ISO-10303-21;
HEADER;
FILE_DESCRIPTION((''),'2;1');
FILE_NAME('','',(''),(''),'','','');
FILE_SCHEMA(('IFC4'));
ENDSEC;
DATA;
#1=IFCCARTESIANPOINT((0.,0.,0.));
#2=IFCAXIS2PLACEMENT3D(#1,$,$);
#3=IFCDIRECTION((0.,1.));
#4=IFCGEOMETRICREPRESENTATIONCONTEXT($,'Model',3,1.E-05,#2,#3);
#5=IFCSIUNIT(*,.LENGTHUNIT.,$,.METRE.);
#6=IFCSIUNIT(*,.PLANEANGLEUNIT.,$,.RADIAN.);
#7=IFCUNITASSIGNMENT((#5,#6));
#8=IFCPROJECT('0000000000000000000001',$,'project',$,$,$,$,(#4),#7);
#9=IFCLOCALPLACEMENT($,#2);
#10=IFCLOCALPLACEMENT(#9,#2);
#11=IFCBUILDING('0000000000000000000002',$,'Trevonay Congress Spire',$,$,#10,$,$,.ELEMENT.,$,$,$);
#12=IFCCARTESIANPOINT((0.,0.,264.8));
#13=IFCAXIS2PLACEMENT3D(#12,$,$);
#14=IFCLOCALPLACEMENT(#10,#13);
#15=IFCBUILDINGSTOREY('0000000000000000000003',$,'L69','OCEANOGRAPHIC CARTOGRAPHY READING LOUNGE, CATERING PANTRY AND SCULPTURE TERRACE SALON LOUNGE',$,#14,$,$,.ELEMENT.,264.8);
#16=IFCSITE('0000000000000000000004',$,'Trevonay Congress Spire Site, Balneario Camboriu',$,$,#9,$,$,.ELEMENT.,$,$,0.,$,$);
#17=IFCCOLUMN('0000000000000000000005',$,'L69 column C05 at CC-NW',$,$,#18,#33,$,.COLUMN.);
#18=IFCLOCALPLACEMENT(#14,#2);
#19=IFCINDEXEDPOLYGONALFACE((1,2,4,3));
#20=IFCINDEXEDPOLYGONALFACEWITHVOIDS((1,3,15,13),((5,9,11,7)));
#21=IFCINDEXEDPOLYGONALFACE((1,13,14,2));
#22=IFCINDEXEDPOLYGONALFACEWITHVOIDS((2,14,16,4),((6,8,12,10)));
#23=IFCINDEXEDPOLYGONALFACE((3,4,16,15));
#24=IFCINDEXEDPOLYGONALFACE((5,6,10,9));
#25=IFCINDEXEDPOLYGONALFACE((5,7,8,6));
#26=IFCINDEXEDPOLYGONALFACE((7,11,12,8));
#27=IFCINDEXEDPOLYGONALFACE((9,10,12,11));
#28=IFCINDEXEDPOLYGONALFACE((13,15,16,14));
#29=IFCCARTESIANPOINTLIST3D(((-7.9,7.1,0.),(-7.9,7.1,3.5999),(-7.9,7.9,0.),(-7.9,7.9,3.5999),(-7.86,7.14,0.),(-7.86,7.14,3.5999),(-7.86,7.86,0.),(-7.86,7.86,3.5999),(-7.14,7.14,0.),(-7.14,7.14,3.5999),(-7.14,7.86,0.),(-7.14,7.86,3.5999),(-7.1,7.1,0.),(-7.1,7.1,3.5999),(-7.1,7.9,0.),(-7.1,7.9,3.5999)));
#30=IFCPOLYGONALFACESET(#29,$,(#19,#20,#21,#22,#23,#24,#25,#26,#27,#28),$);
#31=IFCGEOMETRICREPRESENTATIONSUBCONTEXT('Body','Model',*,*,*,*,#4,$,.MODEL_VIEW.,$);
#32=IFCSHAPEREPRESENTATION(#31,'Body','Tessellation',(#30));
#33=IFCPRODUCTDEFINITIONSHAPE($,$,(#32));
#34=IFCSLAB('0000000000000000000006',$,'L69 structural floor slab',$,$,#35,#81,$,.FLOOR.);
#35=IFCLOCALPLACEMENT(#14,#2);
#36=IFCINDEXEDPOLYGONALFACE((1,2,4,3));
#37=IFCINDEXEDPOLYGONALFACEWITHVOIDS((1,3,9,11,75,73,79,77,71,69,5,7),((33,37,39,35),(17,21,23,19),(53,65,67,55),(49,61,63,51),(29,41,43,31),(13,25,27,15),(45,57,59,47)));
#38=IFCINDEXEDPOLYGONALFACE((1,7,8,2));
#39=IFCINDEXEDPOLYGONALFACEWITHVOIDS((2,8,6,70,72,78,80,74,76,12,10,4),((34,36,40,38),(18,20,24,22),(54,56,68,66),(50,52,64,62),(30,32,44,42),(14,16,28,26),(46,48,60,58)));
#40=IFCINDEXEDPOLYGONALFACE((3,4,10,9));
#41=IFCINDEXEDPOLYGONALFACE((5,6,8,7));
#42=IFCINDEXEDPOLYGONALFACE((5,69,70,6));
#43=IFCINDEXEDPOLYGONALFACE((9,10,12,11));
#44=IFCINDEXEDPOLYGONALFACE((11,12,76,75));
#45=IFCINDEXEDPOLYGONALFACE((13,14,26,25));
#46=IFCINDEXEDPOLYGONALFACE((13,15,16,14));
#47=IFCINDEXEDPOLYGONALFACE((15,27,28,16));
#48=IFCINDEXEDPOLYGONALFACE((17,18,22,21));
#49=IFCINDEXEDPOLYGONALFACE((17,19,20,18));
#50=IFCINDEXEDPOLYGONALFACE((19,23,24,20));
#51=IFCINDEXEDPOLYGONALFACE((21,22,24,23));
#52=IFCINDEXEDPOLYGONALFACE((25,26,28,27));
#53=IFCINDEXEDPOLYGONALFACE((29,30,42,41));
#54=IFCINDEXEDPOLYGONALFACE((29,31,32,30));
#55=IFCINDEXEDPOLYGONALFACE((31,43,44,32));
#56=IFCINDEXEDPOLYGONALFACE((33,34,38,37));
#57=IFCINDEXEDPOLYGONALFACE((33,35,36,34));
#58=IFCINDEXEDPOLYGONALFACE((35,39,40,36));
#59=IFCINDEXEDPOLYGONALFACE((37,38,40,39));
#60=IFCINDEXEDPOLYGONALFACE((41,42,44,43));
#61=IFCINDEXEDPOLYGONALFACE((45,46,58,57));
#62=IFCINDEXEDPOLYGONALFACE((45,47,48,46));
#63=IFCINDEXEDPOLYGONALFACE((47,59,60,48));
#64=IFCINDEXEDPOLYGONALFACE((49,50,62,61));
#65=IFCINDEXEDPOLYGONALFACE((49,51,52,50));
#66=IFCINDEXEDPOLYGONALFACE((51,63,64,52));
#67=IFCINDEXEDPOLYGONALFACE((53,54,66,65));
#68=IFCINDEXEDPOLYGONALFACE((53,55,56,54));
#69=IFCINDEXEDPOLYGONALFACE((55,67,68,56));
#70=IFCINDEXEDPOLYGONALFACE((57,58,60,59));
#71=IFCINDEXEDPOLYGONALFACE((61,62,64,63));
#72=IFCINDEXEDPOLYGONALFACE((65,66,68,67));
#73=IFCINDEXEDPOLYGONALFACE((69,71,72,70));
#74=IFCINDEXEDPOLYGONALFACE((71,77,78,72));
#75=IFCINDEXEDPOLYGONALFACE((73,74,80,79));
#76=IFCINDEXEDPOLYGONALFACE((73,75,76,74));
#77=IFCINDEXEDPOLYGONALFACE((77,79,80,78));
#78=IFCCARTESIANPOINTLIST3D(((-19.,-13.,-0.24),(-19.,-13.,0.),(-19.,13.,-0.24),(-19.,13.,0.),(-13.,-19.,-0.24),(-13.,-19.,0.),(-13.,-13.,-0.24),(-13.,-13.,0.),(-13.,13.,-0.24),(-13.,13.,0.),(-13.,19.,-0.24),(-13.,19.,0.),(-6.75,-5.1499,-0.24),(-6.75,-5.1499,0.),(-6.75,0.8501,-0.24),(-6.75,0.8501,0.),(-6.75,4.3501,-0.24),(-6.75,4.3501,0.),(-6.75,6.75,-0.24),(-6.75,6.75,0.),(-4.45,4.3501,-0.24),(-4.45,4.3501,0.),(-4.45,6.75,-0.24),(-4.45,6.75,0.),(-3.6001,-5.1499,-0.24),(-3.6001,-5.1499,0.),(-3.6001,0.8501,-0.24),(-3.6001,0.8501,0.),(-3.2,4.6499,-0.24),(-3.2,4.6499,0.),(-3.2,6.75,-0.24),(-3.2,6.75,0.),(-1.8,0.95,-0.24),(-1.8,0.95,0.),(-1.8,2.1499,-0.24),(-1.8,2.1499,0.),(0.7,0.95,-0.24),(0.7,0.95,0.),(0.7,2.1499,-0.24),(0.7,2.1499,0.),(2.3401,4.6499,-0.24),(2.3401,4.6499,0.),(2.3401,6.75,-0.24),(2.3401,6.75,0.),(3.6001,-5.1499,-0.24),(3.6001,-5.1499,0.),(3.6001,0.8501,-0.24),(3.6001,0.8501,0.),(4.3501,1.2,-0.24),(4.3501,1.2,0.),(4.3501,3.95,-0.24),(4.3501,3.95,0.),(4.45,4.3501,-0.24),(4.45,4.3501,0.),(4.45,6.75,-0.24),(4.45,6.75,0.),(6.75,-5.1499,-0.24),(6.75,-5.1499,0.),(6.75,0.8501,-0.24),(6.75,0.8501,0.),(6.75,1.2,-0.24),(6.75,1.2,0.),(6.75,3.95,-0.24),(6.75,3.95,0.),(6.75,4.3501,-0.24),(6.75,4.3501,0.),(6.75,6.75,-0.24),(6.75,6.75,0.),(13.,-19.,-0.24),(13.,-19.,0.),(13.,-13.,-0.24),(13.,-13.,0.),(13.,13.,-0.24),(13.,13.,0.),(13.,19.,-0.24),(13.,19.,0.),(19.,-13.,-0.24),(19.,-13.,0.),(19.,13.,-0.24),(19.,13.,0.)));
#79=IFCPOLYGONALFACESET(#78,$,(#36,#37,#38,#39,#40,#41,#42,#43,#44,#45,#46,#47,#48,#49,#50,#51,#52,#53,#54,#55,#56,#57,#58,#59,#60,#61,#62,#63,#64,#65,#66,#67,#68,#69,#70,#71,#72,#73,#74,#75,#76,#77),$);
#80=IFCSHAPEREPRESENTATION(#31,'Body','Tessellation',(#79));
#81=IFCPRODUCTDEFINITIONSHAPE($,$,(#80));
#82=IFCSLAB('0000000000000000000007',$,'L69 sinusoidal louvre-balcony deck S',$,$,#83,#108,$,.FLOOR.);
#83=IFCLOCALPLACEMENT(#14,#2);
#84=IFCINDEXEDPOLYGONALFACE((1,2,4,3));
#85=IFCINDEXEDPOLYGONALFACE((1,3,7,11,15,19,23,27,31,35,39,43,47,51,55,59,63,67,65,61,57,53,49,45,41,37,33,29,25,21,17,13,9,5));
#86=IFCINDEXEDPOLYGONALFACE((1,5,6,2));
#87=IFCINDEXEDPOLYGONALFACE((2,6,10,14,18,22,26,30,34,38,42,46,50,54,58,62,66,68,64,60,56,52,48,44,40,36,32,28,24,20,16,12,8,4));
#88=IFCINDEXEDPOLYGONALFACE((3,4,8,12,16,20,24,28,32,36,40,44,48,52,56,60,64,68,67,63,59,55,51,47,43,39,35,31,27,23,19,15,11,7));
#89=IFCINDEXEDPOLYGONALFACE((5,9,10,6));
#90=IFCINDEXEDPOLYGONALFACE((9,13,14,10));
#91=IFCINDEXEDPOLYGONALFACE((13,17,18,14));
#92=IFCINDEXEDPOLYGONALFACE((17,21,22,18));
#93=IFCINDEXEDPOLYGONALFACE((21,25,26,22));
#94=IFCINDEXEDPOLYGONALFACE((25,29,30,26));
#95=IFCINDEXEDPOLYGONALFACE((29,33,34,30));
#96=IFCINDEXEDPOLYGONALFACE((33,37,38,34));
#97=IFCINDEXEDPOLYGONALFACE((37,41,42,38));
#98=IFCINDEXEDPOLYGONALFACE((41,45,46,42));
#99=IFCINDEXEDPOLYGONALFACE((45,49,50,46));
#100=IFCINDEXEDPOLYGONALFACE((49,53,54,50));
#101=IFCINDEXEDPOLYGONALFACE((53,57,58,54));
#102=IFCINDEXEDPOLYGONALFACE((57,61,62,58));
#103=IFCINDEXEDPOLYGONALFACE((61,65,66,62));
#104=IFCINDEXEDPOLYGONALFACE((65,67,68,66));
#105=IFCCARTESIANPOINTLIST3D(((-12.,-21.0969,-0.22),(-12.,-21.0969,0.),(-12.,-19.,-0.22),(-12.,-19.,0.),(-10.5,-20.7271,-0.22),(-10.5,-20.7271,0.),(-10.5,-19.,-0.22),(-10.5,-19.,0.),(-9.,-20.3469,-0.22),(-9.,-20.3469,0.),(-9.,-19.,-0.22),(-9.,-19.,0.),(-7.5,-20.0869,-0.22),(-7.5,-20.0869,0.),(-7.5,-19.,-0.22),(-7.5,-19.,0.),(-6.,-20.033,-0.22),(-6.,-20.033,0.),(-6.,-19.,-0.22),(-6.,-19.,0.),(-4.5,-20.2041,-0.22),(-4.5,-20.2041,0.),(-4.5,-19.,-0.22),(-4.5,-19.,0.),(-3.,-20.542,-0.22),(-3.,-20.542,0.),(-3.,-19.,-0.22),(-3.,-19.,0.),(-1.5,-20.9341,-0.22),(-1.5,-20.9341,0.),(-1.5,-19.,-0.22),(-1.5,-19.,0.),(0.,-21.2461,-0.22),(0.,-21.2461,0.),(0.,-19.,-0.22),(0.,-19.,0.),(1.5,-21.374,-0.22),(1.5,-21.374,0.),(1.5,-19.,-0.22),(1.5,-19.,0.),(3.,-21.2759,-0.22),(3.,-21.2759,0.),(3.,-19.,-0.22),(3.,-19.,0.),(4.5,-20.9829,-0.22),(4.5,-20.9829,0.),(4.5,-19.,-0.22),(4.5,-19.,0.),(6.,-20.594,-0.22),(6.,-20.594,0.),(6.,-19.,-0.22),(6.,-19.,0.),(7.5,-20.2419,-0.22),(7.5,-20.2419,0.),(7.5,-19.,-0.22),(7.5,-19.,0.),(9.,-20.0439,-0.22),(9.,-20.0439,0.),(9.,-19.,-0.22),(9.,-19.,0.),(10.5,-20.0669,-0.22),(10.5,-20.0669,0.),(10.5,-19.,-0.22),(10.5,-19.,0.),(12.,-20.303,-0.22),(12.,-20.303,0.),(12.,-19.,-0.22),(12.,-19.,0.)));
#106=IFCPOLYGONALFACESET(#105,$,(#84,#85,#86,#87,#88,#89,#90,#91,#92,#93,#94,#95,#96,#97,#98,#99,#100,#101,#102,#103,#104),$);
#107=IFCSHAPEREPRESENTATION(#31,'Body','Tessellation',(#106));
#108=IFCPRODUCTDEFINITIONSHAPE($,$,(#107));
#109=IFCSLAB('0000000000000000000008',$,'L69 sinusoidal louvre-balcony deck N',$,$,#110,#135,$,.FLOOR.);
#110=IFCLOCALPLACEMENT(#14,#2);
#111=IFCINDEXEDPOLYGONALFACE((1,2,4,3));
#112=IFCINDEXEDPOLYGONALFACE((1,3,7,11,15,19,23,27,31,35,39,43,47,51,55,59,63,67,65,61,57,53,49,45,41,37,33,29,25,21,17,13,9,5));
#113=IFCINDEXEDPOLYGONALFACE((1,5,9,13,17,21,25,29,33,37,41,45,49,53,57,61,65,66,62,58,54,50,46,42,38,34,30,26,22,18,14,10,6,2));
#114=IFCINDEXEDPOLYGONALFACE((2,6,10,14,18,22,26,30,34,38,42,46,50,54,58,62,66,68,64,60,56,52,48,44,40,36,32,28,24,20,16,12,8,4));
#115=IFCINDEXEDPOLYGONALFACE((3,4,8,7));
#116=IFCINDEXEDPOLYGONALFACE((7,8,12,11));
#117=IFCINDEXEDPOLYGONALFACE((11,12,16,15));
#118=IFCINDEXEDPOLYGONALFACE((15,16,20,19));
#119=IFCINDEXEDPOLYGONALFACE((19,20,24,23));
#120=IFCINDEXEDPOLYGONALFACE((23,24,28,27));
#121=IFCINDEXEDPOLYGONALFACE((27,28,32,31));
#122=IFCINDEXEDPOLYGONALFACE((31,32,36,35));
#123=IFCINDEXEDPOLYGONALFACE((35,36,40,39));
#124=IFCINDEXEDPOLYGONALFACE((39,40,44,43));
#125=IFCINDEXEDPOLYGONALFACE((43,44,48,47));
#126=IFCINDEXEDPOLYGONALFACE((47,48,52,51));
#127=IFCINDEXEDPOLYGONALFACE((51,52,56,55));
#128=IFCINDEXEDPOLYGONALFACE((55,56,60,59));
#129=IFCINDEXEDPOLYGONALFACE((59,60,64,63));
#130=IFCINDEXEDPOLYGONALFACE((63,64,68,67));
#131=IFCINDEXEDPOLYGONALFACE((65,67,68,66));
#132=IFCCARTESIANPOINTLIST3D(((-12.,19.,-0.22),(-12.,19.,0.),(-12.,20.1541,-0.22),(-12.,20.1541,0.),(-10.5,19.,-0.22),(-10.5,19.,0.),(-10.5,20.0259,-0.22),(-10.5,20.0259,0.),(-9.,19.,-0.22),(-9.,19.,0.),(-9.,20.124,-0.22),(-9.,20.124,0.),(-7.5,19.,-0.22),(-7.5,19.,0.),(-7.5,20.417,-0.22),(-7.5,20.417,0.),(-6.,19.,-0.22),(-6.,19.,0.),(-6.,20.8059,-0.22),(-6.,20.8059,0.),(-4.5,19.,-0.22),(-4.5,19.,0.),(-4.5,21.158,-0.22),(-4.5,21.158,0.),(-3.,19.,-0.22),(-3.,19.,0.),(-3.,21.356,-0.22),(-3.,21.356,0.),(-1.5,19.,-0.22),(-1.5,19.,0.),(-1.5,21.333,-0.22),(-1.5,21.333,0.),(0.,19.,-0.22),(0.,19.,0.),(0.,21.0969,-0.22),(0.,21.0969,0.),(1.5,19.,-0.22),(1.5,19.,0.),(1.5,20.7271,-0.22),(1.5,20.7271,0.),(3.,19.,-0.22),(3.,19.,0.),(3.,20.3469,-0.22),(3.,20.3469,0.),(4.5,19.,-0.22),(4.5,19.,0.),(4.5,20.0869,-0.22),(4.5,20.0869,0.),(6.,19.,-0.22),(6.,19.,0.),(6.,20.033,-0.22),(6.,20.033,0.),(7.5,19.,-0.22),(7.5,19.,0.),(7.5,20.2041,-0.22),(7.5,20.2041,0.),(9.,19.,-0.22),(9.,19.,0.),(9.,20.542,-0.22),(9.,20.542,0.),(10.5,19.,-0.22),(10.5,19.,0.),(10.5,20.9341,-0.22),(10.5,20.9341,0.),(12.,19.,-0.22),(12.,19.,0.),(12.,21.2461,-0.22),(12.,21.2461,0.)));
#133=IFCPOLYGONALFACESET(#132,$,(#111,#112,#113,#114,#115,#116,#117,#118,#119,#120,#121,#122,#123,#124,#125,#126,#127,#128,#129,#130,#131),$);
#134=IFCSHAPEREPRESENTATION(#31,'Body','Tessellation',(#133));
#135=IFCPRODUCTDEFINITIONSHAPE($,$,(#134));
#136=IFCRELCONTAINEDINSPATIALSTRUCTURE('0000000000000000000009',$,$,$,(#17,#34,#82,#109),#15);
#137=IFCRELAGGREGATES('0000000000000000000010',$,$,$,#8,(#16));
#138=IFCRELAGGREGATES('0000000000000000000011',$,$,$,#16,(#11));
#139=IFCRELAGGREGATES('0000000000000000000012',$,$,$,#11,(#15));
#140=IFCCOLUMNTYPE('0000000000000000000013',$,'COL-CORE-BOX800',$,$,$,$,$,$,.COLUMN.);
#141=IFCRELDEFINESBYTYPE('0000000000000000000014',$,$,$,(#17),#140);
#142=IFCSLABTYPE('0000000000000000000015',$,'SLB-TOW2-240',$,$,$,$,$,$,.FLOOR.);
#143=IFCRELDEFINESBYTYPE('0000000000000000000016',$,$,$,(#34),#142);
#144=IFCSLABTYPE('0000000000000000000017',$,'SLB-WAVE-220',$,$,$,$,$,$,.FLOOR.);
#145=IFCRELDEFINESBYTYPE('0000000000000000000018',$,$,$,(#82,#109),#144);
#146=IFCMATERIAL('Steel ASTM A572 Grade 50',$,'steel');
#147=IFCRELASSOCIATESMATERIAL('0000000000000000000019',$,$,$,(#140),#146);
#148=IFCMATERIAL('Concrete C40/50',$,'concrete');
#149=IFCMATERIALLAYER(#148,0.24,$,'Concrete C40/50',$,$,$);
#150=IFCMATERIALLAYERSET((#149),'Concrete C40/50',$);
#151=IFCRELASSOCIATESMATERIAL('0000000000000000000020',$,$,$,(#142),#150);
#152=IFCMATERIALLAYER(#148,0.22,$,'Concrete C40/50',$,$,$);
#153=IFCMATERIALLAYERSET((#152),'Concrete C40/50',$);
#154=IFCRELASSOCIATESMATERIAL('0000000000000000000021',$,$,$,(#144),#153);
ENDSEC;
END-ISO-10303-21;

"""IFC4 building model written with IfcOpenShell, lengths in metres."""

from ifc_helpers import new_model, si_unit, direction, frame, origin, origin_2d, place, context, subcontext, project, spatial, polyline, hollow_rectangle, outline, extrude, material, layer, layer_set, material_profile, profile_set, type_object, element, save


model = new_model("IFC4")

# Units and contexts
model_context = context("Model", 3, precision=1e-05, world=origin(), true_north=direction((0.0, 1.0)))
body_context = subcontext(model_context, "Body", "Model", "MODEL_VIEW")
ifc_project = project(units=[si_unit("LENGTHUNIT", "METRE"), si_unit("PLANEANGLEUNIT", "RADIAN")], contexts=[model_context])

# Site, building, storey
site_placement = place(None, origin())
site = spatial("IfcSite", under=ifc_project, at=site_placement, Name="Trevonay Congress Spire Site, Balneario Camboriu", CompositionType="ELEMENT", RefElevation=0.0)
building_placement = place(site_placement, origin())
building = spatial("IfcBuilding", under=site, at=building_placement, Name="Trevonay Congress Spire", CompositionType="ELEMENT")
storey_placement = place(building_placement, frame((0.0, 0.0, 264.8)))
storey = spatial("IfcBuildingStorey", under=building, at=storey_placement, Name="L69", Description="OCEANOGRAPHIC CARTOGRAPHY READING LOUNGE, CATERING PANTRY AND SCULPTURE TERRACE SALON LOUNGE", CompositionType="ELEMENT", Elevation=264.8)

# Column
ifc_material_1 = material(Name="Steel ASTM A572 Grade 50", Category="steel")
ifc_material_profile = material_profile(ifc_material_1, hollow_rectangle(XDim=0.8, YDim=0.8, WallThickness=0.04, at=origin_2d()), Name="BOX 800x800x40")
ifc_profile_set = profile_set([ifc_material_profile], Name="Steel ASTM A572 Grade 50")
column_type = type_object("IfcColumnType", Name="COL-CORE-BOX800", PredefinedType="COLUMN", material=ifc_profile_set)
column_placement = place(storey_placement, frame((-7.5, 7.5, 0.0), z_axis=(0.0, 0.0, 1.0), x_axis=(1.0, 0.0, 0.0)))
element("IfcColumn", 1, at=column_placement, inside=storey, type_object=column_type, Name="L69 column C05 at CC-NW", PredefinedType="COLUMN", context=body_context, shape_type="SweptSolid", body=[
    extrude(hollow_rectangle(XDim=0.8, YDim=0.8, WallThickness=0.04, at=origin_2d()), origin(), (0.0, 0.0, 1.0), 3.5999),
])

# Slabs
ifc_material_2 = material(Name="Concrete C40/50", Category="concrete")
ifc_layer_1 = layer(ifc_material_2, 0.24, Name="Concrete C40/50")
ifc_layer_set_1 = layer_set([ifc_layer_1], Name="Concrete C40/50")
slab_type_1 = type_object("IfcSlabType", Name="SLB-TOW2-240", PredefinedType="FLOOR", material=ifc_layer_set_1)
slab_1_placement = place(storey_placement, frame((0.0, 0.0, -0.24)))
element("IfcSlab", 2, at=slab_1_placement, inside=storey, type_object=slab_type_1, Name="L69 structural floor slab", PredefinedType="FLOOR", context=body_context, shape_type="SweptSolid", body=[
    extrude(outline(polyline([(-13.0, -19.0), (13.0, -19.0), (13.0, -13.0), (19.0, -13.0), (19.0, 13.0), (13.0, 13.0), (13.0, 19.0), (-13.0, 19.0), (-13.0, 13.0), (-19.0, 13.0), (-19.0, -13.0), (-13.0, -13.0), (-13.0, -19.0)]), holes=[polyline([(-3.6001, -5.1499), (-3.6001, 0.8501), (-6.75, 0.8501), (-6.75, -5.1499), (-3.6001, -5.1499)]), polyline([(6.75, -5.1499), (6.75, 0.8501), (3.6001, 0.8501), (3.6001, -5.1499), (6.75, -5.1499)]), polyline([(-3.2, 4.6499), (2.3401, 4.6499), (2.3401, 6.75), (-3.2, 6.75), (-3.2, 4.6499)]), polyline([(-6.75, 4.3501), (-4.45, 4.3501), (-4.45, 6.75), (-6.75, 6.75), (-6.75, 4.3501)]), polyline([(4.45, 4.3501), (6.75, 4.3501), (6.75, 6.75), (4.45, 6.75), (4.45, 4.3501)]), polyline([(4.3501, 1.2), (6.75, 1.2), (6.75, 3.95), (4.3501, 3.95), (4.3501, 1.2)]), polyline([(-1.8, 0.95), (0.7, 0.95), (0.7, 2.1499), (-1.8, 2.1499), (-1.8, 0.95)])]), origin(), (0.0, 0.0, 1.0), 0.24),
])
ifc_layer_2 = layer(ifc_material_2, 0.22, Name="Concrete C40/50")
ifc_layer_set_2 = layer_set([ifc_layer_2], Name="Concrete C40/50")
slab_type_2 = type_object("IfcSlabType", Name="SLB-WAVE-220", PredefinedType="FLOOR", material=ifc_layer_set_2)
slab_2_placement = place(storey_placement, frame((0.0, 0.0, -0.22)))
element("IfcSlab", 3, at=slab_2_placement, inside=storey, type_object=slab_type_2, Name="L69 sinusoidal louvre-balcony deck S", PredefinedType="FLOOR", context=body_context, shape_type="SweptSolid", body=[
    extrude(outline(polyline([(-12.0, -21.0969), (-10.5, -20.7271), (-9.0, -20.3469), (-7.5, -20.0869), (-6.0, -20.033), (-4.5, -20.2041), (-3.0, -20.542), (-1.5, -20.9341), (0.0, -21.2461), (1.5, -21.374), (3.0, -21.2759), (4.5, -20.9829), (6.0, -20.594), (7.5, -20.2419), (9.0, -20.0439), (10.5, -20.0669), (12.0, -20.303), (12.0, -19.0), (10.5, -19.0), (9.0, -19.0), (7.5, -19.0), (6.0, -19.0), (4.5, -19.0), (3.0, -19.0), (1.5, -19.0), (0.0, -19.0), (-1.5, -19.0), (-3.0, -19.0), (-4.5, -19.0), (-6.0, -19.0), (-7.5, -19.0), (-9.0, -19.0), (-10.5, -19.0), (-12.0, -19.0), (-12.0, -21.0969)])), origin(), (0.0, 0.0, 1.0), 0.22),
])
slab_3_placement = place(storey_placement, frame((0.0, 0.0, -0.22)))
element("IfcSlab", 4, at=slab_3_placement, inside=storey, type_object=slab_type_2, Name="L69 sinusoidal louvre-balcony deck N", PredefinedType="FLOOR", context=body_context, shape_type="SweptSolid", body=[
    extrude(outline(polyline([(-12.0, 19.0), (-10.5, 19.0), (-9.0, 19.0), (-7.5, 19.0), (-6.0, 19.0), (-4.5, 19.0), (-3.0, 19.0), (-1.5, 19.0), (0.0, 19.0), (1.5, 19.0), (3.0, 19.0), (4.5, 19.0), (6.0, 19.0), (7.5, 19.0), (9.0, 19.0), (10.5, 19.0), (12.0, 19.0), (12.0, 21.2461), (10.5, 20.9341), (9.0, 20.542), (7.5, 20.2041), (6.0, 20.033), (4.5, 20.0869), (3.0, 20.3469), (1.5, 20.7271), (0.0, 21.0969), (-1.5, 21.333), (-3.0, 21.356), (-4.5, 21.158), (-6.0, 20.8059), (-7.5, 20.417), (-9.0, 20.124), (-10.5, 20.0259), (-12.0, 20.1541), (-12.0, 19.0)])), origin(), (0.0, 0.0, 1.0), 0.22),
])

save(model, "model.ifc")
